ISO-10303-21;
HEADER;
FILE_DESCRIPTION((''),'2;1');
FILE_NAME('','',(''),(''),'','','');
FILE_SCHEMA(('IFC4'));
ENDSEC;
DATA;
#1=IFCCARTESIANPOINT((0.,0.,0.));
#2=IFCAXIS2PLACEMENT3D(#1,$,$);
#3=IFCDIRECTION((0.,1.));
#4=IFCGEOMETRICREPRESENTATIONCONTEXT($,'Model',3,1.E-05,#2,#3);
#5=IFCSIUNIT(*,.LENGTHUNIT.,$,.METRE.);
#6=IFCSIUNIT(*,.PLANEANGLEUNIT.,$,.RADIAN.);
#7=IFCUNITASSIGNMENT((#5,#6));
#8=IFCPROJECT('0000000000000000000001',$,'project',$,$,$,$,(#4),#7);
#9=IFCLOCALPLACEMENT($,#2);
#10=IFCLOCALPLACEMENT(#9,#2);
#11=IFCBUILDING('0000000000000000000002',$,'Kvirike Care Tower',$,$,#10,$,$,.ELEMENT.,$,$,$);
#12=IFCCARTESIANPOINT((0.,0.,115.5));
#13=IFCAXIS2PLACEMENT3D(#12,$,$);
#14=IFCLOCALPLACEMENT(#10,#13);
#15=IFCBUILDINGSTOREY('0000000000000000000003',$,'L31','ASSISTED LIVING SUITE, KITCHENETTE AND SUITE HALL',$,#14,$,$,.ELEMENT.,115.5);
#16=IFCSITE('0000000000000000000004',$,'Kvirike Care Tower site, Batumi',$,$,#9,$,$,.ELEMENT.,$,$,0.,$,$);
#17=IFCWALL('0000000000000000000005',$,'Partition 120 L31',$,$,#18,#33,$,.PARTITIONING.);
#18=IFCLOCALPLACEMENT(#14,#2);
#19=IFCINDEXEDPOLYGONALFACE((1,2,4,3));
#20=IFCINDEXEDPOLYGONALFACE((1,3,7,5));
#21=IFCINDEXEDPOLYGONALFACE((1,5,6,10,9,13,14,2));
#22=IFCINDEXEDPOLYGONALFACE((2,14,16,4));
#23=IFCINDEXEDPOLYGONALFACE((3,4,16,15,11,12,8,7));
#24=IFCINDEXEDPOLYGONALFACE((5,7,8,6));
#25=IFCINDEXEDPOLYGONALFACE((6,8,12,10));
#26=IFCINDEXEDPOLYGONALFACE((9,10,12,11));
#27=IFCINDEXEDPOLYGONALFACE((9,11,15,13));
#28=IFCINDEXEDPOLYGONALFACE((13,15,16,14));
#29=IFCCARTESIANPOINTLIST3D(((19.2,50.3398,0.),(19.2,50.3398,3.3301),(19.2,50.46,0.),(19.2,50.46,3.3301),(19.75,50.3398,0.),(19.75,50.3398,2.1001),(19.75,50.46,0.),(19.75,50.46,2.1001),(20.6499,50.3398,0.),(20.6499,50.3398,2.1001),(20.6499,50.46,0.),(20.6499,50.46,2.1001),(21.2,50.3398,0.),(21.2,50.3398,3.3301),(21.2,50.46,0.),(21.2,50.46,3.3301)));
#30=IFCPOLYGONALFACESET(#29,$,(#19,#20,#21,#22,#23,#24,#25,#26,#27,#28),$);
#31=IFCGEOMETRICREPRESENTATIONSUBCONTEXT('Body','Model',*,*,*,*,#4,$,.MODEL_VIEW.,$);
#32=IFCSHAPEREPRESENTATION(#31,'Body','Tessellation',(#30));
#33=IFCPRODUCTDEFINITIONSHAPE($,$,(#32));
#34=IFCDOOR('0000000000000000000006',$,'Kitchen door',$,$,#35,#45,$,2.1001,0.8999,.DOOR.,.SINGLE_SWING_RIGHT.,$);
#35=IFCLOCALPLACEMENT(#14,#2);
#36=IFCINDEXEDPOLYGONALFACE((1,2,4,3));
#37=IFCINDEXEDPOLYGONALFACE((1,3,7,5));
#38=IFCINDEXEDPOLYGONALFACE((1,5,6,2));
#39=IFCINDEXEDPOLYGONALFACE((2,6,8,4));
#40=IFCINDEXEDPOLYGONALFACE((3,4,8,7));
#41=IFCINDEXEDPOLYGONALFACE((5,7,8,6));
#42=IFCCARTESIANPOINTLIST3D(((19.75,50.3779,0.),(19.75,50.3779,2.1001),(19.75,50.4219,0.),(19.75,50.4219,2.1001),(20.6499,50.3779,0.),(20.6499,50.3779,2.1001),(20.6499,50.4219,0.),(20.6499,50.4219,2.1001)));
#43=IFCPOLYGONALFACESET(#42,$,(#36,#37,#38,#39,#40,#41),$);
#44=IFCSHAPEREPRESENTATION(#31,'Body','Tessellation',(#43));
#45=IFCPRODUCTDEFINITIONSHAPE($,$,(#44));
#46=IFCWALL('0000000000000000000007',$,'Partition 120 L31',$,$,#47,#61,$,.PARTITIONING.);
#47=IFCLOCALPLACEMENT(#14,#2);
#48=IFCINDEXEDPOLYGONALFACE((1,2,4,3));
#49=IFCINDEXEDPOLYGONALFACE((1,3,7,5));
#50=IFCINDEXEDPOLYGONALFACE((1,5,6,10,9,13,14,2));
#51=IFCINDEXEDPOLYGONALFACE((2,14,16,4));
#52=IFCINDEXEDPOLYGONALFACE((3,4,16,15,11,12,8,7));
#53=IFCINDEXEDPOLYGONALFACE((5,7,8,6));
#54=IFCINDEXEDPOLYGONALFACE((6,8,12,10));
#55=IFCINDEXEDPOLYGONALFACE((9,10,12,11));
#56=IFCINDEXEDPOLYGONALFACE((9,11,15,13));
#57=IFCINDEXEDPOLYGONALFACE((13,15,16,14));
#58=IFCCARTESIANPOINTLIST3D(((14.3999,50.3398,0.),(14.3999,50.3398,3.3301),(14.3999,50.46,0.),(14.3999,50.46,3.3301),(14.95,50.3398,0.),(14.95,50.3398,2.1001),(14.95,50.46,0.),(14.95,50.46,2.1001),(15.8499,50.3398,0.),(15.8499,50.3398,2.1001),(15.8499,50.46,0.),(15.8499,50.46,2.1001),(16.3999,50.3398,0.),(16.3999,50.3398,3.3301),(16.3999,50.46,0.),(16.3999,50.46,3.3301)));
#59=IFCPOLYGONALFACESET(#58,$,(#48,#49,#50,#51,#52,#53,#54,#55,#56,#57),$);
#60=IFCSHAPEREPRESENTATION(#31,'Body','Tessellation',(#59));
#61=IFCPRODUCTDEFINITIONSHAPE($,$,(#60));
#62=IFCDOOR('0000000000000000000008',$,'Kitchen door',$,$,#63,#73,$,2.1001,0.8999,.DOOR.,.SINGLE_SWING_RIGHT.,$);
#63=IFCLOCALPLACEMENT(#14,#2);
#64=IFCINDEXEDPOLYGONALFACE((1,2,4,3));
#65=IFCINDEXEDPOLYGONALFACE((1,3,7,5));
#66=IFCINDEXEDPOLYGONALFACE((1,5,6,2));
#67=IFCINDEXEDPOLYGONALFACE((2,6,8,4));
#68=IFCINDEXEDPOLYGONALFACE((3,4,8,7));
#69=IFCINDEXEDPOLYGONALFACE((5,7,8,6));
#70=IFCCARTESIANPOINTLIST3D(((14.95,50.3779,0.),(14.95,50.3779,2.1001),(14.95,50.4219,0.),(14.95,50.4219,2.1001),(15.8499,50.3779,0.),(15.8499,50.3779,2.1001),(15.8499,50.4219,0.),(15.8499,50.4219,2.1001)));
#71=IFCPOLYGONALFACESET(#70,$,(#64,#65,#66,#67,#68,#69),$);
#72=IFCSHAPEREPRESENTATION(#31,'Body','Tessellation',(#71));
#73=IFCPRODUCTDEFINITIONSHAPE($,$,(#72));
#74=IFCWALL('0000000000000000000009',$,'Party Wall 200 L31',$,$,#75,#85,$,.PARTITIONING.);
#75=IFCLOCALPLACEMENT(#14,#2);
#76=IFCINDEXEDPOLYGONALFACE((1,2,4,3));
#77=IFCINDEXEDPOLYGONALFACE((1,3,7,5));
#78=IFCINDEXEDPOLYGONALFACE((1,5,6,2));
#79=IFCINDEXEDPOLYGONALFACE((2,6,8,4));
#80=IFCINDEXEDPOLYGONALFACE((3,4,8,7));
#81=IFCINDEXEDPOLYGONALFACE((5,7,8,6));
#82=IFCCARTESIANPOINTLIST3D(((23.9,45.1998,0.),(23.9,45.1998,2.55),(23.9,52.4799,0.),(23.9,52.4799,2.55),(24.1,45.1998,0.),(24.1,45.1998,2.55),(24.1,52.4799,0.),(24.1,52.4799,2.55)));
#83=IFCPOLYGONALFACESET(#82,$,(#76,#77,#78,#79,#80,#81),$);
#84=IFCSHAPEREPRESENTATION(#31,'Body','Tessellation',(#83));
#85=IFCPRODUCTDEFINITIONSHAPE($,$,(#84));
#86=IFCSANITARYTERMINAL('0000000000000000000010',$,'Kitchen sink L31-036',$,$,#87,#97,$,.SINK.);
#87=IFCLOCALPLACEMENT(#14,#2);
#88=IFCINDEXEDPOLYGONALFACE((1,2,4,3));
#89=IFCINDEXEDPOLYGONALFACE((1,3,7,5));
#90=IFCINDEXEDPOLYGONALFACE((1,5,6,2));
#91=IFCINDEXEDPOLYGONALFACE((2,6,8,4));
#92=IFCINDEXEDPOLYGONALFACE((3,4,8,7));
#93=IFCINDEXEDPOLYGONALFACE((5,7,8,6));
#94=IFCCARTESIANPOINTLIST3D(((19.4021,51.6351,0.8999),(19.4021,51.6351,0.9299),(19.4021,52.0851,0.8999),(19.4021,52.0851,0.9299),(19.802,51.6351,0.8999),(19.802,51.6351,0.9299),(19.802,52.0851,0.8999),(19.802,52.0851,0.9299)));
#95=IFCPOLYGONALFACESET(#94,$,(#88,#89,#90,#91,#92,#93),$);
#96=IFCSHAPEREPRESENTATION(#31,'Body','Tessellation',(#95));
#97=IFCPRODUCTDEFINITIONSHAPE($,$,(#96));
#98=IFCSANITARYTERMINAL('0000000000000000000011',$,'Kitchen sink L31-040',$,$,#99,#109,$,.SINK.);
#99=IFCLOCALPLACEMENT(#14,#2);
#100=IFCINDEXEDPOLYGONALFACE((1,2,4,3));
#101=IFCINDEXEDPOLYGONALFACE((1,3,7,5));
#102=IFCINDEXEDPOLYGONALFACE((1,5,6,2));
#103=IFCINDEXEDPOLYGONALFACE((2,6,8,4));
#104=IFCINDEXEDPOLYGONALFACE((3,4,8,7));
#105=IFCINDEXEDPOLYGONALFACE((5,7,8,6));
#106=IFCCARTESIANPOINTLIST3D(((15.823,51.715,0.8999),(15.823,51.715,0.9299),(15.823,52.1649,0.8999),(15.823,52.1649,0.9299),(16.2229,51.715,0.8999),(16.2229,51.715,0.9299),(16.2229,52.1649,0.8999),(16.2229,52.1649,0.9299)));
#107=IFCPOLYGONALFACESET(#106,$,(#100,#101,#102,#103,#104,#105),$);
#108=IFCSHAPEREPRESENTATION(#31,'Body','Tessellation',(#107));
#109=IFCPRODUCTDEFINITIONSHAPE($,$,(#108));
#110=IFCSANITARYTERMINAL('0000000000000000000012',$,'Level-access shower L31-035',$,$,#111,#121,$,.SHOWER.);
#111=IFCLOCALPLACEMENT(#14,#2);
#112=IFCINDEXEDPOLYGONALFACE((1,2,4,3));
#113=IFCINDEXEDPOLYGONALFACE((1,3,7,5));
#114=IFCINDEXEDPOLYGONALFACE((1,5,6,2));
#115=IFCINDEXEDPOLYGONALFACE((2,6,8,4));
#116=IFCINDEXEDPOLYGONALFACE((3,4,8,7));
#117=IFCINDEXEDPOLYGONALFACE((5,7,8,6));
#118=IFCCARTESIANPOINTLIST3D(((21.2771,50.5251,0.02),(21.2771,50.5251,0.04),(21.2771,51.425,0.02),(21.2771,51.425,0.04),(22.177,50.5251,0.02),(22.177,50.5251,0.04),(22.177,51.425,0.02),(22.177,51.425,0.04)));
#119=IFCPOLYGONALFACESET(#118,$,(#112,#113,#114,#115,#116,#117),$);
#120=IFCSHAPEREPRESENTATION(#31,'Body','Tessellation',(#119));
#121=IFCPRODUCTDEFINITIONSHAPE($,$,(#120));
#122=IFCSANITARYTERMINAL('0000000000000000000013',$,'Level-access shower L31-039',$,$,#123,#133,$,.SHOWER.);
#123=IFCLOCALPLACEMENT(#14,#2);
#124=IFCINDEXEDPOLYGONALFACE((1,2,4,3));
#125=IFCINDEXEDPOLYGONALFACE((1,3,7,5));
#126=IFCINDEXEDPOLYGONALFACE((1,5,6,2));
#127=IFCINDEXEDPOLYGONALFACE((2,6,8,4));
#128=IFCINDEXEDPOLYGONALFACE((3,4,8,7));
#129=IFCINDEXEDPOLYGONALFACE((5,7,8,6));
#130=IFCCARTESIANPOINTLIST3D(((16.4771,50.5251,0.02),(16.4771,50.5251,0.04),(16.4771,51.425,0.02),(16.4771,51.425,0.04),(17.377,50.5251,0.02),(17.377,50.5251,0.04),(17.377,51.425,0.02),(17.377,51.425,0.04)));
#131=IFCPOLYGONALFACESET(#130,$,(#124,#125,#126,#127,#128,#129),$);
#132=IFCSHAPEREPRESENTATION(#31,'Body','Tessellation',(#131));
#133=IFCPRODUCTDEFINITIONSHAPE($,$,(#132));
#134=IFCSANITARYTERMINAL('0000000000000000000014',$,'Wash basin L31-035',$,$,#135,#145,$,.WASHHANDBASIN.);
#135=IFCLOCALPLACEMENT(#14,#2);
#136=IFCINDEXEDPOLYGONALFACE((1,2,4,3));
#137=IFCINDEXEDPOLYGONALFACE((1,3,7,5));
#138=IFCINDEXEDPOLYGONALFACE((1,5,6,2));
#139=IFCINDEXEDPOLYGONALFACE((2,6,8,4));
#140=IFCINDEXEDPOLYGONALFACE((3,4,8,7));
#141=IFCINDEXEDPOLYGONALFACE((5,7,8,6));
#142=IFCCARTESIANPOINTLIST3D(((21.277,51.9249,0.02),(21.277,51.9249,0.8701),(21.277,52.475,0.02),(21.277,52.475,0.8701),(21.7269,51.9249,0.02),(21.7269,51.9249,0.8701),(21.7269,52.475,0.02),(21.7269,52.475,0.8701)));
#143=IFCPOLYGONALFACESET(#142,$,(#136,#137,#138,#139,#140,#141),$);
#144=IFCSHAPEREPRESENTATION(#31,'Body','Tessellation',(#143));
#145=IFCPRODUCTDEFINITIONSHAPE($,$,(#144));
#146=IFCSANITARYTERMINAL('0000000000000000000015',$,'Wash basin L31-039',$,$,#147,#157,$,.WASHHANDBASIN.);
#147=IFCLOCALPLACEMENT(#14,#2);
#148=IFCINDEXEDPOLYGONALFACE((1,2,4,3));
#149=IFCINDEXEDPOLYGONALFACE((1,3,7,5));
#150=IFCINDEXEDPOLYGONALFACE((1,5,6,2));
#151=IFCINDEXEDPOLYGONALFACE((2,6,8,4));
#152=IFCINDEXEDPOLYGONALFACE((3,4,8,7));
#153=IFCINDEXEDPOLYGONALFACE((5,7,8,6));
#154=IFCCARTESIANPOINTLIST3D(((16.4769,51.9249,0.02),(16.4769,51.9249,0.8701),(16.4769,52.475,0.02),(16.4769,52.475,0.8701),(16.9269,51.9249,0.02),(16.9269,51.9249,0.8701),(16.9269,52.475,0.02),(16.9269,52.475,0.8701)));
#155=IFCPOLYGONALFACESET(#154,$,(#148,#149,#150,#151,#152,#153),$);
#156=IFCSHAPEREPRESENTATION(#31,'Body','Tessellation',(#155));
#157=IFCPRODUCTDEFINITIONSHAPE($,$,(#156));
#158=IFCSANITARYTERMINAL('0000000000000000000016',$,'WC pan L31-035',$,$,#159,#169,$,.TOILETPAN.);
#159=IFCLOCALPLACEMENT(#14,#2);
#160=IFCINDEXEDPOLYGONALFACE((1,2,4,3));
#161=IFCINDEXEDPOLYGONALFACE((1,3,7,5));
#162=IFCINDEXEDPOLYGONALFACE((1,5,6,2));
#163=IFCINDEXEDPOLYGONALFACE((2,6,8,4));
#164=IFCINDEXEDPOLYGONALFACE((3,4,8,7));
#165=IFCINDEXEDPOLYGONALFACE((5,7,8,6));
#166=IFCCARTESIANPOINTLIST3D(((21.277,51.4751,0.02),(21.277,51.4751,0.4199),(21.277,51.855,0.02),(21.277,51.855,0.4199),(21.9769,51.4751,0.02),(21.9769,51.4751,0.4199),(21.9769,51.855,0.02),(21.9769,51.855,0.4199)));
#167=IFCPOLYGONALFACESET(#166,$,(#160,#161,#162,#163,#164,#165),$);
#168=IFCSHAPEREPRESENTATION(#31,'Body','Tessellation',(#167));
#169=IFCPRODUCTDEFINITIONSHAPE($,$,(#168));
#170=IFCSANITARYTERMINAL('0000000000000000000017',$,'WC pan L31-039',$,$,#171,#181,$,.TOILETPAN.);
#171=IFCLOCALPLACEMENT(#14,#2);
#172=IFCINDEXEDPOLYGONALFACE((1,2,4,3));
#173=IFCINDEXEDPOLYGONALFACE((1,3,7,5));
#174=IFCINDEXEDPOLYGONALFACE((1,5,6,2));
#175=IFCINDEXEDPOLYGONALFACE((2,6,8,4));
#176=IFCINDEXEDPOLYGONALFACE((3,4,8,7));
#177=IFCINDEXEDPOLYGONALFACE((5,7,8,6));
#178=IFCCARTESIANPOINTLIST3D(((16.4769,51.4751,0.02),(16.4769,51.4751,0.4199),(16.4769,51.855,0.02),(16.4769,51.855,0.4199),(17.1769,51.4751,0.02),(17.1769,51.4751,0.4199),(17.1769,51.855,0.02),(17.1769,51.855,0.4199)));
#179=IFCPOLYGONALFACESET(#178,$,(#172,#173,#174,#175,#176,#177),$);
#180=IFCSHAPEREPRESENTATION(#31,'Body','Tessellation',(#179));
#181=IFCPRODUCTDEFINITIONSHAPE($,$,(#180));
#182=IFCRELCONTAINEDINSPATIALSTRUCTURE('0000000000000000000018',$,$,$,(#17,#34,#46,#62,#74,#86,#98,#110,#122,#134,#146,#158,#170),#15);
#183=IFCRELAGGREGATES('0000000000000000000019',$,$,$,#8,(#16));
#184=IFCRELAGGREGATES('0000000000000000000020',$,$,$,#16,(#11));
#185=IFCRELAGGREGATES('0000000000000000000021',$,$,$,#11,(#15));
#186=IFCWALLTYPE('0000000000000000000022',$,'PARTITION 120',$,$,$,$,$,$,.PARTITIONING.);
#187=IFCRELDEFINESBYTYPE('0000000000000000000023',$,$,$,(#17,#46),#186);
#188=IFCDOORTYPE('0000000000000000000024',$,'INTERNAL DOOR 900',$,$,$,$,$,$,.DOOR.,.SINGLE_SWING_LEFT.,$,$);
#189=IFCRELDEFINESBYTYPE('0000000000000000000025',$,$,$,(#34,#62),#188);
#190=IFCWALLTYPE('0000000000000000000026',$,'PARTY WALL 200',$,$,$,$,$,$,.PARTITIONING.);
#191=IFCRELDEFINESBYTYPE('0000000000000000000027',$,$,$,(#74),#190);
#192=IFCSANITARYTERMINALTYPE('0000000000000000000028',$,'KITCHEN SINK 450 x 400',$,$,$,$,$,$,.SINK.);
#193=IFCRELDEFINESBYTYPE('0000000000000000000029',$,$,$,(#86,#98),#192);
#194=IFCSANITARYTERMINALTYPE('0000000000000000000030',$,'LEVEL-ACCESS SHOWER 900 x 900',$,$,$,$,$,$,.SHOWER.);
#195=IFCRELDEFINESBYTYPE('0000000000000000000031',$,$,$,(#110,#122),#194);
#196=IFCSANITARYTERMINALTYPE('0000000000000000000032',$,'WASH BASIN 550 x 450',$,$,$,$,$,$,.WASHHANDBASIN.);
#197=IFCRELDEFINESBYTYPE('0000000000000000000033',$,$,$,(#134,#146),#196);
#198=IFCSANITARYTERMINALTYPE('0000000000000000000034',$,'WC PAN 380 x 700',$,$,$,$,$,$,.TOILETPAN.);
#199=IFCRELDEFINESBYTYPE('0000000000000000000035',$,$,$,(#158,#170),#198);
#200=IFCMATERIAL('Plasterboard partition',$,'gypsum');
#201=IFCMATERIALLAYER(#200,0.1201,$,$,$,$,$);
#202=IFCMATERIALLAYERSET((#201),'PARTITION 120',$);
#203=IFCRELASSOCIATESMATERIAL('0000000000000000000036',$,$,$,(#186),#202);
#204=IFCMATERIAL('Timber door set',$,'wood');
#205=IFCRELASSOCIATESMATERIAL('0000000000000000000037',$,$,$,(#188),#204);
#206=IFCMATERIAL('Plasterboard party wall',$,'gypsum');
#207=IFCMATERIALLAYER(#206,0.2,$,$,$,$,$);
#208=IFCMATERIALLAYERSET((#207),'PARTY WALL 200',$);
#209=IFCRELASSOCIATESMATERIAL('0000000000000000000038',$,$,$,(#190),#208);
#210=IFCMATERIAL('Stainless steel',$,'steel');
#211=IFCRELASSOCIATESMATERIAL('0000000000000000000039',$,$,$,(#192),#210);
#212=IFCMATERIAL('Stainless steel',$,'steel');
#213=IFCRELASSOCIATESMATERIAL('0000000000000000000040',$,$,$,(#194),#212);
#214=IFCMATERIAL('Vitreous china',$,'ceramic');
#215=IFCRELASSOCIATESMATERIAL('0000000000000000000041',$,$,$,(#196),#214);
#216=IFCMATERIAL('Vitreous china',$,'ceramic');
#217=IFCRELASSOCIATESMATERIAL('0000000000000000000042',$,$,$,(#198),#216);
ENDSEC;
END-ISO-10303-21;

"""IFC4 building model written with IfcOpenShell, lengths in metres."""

from ifc_helpers import new_model, si_unit, direction, frame, frame_2d, origin, origin_2d, place, context, subcontext, project, spatial, rectangle, extrude, material, layer, layer_set, type_object, element, fill, save


model = new_model("IFC4")

# Units and contexts
model_context = context("Model", 3, precision=1e-05, world=origin(), true_north=direction((0.0, 1.0)))
body_context = subcontext(model_context, "Body", "Model", "MODEL_VIEW")
ifc_project = project(units=[si_unit("LENGTHUNIT", "METRE"), si_unit("PLANEANGLEUNIT", "RADIAN")], contexts=[model_context])

# Site, building, storey
site_placement = place(None, origin())
site = spatial("IfcSite", under=ifc_project, at=site_placement, Name="Kvirike Care Tower site, Batumi", CompositionType="ELEMENT", RefElevation=0.0)
building_placement = place(site_placement, origin())
building = spatial("IfcBuilding", under=site, at=building_placement, Name="Kvirike Care Tower", CompositionType="ELEMENT")
storey_placement = place(building_placement, frame((0.0, 0.0, 115.5)))
storey = spatial("IfcBuildingStorey", under=building, at=storey_placement, Name="L31", Description="ASSISTED LIVING SUITE, KITCHENETTE AND SUITE HALL", CompositionType="ELEMENT", Elevation=115.5)

# Walls, openings, doors
ifc_material_1 = material(Name="Plasterboard partition", Category="gypsum")
ifc_layer_1 = layer(ifc_material_1, 0.1201)
ifc_layer_set_1 = layer_set([ifc_layer_1], Name="PARTITION 120")
wall_type_1 = type_object("IfcWallType", Name="PARTITION 120", PredefinedType="PARTITIONING", material=ifc_layer_set_1)
ifc_material_2 = material(Name="Timber door set", Category="wood")
door_type_1 = type_object("IfcDoorType", Name="INTERNAL DOOR 900", OperationType="SINGLE_SWING_LEFT", PredefinedType="DOOR", material=ifc_material_2)
wall_1_placement = place(storey_placement, frame((21.2, 50.3999, 0.0), z_axis=(0.0, 0.0, 1.0), x_axis=(-1.0, 0.0, 0.0)))
wall_1 = element("IfcWall", 1, at=wall_1_placement, inside=storey, type_object=wall_type_1, Name="Partition 120 L31", PredefinedType="PARTITIONING", context=body_context, shape_type="SweptSolid", body=[
    extrude(rectangle(XDim=2.0, YDim=0.1201, at=frame_2d((1.0, 0.0))), origin(), (0.0, 0.0, 1.0), 3.3301),
])
opening_1_placement = place(wall_1_placement, frame((0.55, 0.0, 0.0)))
opening_1 = element("IfcOpeningElement", 2, at=opening_1_placement, cuts=wall_1, PredefinedType="OPENING", context=body_context, shape_type="SweptSolid", body=[
    extrude(rectangle(XDim=0.8999, YDim=2.1001, at=frame_2d((0.45, 1.05))), frame((0.0, 0.0706, 0.0), z_axis=(0.0, -1.0, 0.0), x_axis=(1.0, 0.0, 0.0)), (0.0, 0.0, 1.0), 0.1411),
])
door_1_placement = place(opening_1_placement, frame((0.8999, 0.0, 0.0), z_axis=(0.0, 0.0, 1.0), x_axis=(-1.0, 0.0, 0.0)))
door_1 = element("IfcDoor", 3, at=door_1_placement, inside=storey, type_object=door_type_1, Name="Kitchen door", OperationType="SINGLE_SWING_RIGHT", OverallHeight=2.1001, OverallWidth=0.8999, PredefinedType="DOOR", context=body_context, shape_type="SweptSolid", body=[
    extrude(rectangle(XDim=0.8999, YDim=2.1001, at=frame_2d((0.45, 1.05))), frame((0.0, 0.022, 0.0), z_axis=(0.0, -1.0, 0.0), x_axis=(1.0, 0.0, 0.0)), (0.0, 0.0, 1.0), 0.0439),
])
fill(opening_1, door_1)
wall_2_placement = place(storey_placement, frame((16.3999, 50.3999, 0.0), z_axis=(0.0, 0.0, 1.0), x_axis=(-1.0, 0.0, 0.0)))
wall_2 = element("IfcWall", 4, at=wall_2_placement, inside=storey, type_object=wall_type_1, Name="Partition 120 L31", PredefinedType="PARTITIONING", context=body_context, shape_type="SweptSolid", body=[
    extrude(rectangle(XDim=2.0, YDim=0.1201, at=frame_2d((1.0, 0.0))), origin(), (0.0, 0.0, 1.0), 3.3301),
])
opening_2_placement = place(wall_2_placement, frame((0.55, 0.0, 0.0)))
opening_2 = element("IfcOpeningElement", 5, at=opening_2_placement, cuts=wall_2, PredefinedType="OPENING", context=body_context, shape_type="SweptSolid", body=[
    extrude(rectangle(XDim=0.8999, YDim=2.1001, at=frame_2d((0.45, 1.05))), frame((0.0, 0.0706, 0.0), z_axis=(0.0, -1.0, 0.0), x_axis=(1.0, 0.0, 0.0)), (0.0, 0.0, 1.0), 0.1411),
])
door_2_placement = place(opening_2_placement, frame((0.8999, 0.0, 0.0), z_axis=(0.0, 0.0, 1.0), x_axis=(-1.0, 0.0, 0.0)))
door_2 = element("IfcDoor", 6, at=door_2_placement, inside=storey, type_object=door_type_1, Name="Kitchen door", OperationType="SINGLE_SWING_RIGHT", OverallHeight=2.1001, OverallWidth=0.8999, PredefinedType="DOOR", context=body_context, shape_type="SweptSolid", body=[
    extrude(rectangle(XDim=0.8999, YDim=2.1001, at=frame_2d((0.45, 1.05))), frame((0.0, 0.022, 0.0), z_axis=(0.0, -1.0, 0.0), x_axis=(1.0, 0.0, 0.0)), (0.0, 0.0, 1.0), 0.0439),
])
fill(opening_2, door_2)

# Wall
ifc_material_3 = material(Name="Plasterboard party wall", Category="gypsum")
ifc_layer_2 = layer(ifc_material_3, 0.2)
ifc_layer_set_2 = layer_set([ifc_layer_2], Name="PARTY WALL 200")
wall_type_2 = type_object("IfcWallType", Name="PARTY WALL 200", PredefinedType="PARTITIONING", material=ifc_layer_set_2)
wall_3_placement = place(storey_placement, frame((24.0, 52.48, 0.0), z_axis=(0.0, 0.0, 1.0), x_axis=(0.0, -1.0, 0.0)))
element("IfcWall", 7, at=wall_3_placement, inside=storey, type_object=wall_type_2, Name="Party Wall 200 L31", PredefinedType="PARTITIONING", context=body_context, shape_type="SweptSolid", body=[
    extrude(rectangle(XDim=7.28, YDim=0.2, at=frame_2d((3.6401, 0.0))), origin(), (0.0, 0.0, 1.0), 2.55),
])

# Sanitary terminals
ifc_material_4 = material(Name="Stainless steel", Category="steel")
sanitary_terminal_type_1 = type_object("IfcSanitaryTerminalType", Name="KITCHEN SINK 450 x 400", PredefinedType="SINK", material=ifc_material_4)
for number, where, z_axis, x_axis, name in (
    (8, (19.6021, 51.8601, 0.8999), (0.0, 0.0, 1.0), (0.0, 1.0, 0.0), "Kitchen sink L31-036"),
    (9, (16.0229, 51.9399, 0.8999), (0.0, 0.0, 1.0), (0.0, -1.0, 0.0), "Kitchen sink L31-040"),
):
    element("IfcSanitaryTerminal", number, at=place(storey_placement, frame(where, z_axis=z_axis, x_axis=x_axis)), inside=storey, type_object=sanitary_terminal_type_1, Name=name, PredefinedType="SINK", context=body_context, shape_type="SweptSolid", body=[
        extrude(rectangle(XDim=0.45, YDim=0.3999, at=origin_2d()), origin(), (0.0, 0.0, 1.0), 0.03),
    ])
ifc_material_5 = material(Name="Stainless steel", Category="steel")
sanitary_terminal_type_2 = type_object("IfcSanitaryTerminalType", Name="LEVEL-ACCESS SHOWER 900 x 900", PredefinedType="SHOWER", material=ifc_material_5)
for number, where, z_axis, x_axis, name in (
    (10, (21.7271, 50.9751, 0.02), (0.0, 0.0, 1.0), (0.0, 1.0, 0.0), "Level-access shower L31-035"),
    (11, (16.927, 50.9751, 0.02), (0.0, 0.0, 1.0), (0.0, 1.0, 0.0), "Level-access shower L31-039"),
):
    element("IfcSanitaryTerminal", number, at=place(storey_placement, frame(where, z_axis=z_axis, x_axis=x_axis)), inside=storey, type_object=sanitary_terminal_type_2, Name=name, PredefinedType="SHOWER", context=body_context, shape_type="SweptSolid", body=[
        extrude(rectangle(XDim=0.8999, YDim=0.8999, at=origin_2d()), origin(), (0.0, 0.0, 1.0), 0.02),
    ])
ifc_material_6 = material(Name="Vitreous china", Category="ceramic")
sanitary_terminal_type_3 = type_object("IfcSanitaryTerminalType", Name="WASH BASIN 550 x 450", PredefinedType="WASHHANDBASIN", material=ifc_material_6)
for number, where, z_axis, x_axis, name in (
    (12, (21.502, 52.2, 0.02), (0.0, 0.0, 1.0), (0.0, 1.0, 0.0), "Wash basin L31-035"),
    (13, (16.7019, 52.2, 0.02), (0.0, 0.0, 1.0), (0.0, 1.0, 0.0), "Wash basin L31-039"),
):
    element("IfcSanitaryTerminal", number, at=place(storey_placement, frame(where, z_axis=z_axis, x_axis=x_axis)), inside=storey, type_object=sanitary_terminal_type_3, Name=name, PredefinedType="WASHHANDBASIN", context=body_context, shape_type="SweptSolid", body=[
        extrude(rectangle(XDim=0.55, YDim=0.45, at=origin_2d()), origin(), (0.0, 0.0, 1.0), 0.8501),
    ])
ifc_material_7 = material(Name="Vitreous china", Category="ceramic")
sanitary_terminal_type_4 = type_object("IfcSanitaryTerminalType", Name="WC PAN 380 x 700", PredefinedType="TOILETPAN", material=ifc_material_7)
for number, where, z_axis, x_axis, name in (
    (14, (21.627, 51.665, 0.02), (0.0, 0.0, 1.0), (0.0, 1.0, 0.0), "WC pan L31-035"),
    (15, (16.8269, 51.665, 0.02), (0.0, 0.0, 1.0), (0.0, 1.0, 0.0), "WC pan L31-039"),
):
    element("IfcSanitaryTerminal", number, at=place(storey_placement, frame(where, z_axis=z_axis, x_axis=x_axis)), inside=storey, type_object=sanitary_terminal_type_4, Name=name, PredefinedType="TOILETPAN", context=body_context, shape_type="SweptSolid", body=[
        extrude(rectangle(XDim=0.3799, YDim=0.7, at=origin_2d()), origin(), (0.0, 0.0, 1.0), 0.3999),
    ])

save(model, "model.ifc")
